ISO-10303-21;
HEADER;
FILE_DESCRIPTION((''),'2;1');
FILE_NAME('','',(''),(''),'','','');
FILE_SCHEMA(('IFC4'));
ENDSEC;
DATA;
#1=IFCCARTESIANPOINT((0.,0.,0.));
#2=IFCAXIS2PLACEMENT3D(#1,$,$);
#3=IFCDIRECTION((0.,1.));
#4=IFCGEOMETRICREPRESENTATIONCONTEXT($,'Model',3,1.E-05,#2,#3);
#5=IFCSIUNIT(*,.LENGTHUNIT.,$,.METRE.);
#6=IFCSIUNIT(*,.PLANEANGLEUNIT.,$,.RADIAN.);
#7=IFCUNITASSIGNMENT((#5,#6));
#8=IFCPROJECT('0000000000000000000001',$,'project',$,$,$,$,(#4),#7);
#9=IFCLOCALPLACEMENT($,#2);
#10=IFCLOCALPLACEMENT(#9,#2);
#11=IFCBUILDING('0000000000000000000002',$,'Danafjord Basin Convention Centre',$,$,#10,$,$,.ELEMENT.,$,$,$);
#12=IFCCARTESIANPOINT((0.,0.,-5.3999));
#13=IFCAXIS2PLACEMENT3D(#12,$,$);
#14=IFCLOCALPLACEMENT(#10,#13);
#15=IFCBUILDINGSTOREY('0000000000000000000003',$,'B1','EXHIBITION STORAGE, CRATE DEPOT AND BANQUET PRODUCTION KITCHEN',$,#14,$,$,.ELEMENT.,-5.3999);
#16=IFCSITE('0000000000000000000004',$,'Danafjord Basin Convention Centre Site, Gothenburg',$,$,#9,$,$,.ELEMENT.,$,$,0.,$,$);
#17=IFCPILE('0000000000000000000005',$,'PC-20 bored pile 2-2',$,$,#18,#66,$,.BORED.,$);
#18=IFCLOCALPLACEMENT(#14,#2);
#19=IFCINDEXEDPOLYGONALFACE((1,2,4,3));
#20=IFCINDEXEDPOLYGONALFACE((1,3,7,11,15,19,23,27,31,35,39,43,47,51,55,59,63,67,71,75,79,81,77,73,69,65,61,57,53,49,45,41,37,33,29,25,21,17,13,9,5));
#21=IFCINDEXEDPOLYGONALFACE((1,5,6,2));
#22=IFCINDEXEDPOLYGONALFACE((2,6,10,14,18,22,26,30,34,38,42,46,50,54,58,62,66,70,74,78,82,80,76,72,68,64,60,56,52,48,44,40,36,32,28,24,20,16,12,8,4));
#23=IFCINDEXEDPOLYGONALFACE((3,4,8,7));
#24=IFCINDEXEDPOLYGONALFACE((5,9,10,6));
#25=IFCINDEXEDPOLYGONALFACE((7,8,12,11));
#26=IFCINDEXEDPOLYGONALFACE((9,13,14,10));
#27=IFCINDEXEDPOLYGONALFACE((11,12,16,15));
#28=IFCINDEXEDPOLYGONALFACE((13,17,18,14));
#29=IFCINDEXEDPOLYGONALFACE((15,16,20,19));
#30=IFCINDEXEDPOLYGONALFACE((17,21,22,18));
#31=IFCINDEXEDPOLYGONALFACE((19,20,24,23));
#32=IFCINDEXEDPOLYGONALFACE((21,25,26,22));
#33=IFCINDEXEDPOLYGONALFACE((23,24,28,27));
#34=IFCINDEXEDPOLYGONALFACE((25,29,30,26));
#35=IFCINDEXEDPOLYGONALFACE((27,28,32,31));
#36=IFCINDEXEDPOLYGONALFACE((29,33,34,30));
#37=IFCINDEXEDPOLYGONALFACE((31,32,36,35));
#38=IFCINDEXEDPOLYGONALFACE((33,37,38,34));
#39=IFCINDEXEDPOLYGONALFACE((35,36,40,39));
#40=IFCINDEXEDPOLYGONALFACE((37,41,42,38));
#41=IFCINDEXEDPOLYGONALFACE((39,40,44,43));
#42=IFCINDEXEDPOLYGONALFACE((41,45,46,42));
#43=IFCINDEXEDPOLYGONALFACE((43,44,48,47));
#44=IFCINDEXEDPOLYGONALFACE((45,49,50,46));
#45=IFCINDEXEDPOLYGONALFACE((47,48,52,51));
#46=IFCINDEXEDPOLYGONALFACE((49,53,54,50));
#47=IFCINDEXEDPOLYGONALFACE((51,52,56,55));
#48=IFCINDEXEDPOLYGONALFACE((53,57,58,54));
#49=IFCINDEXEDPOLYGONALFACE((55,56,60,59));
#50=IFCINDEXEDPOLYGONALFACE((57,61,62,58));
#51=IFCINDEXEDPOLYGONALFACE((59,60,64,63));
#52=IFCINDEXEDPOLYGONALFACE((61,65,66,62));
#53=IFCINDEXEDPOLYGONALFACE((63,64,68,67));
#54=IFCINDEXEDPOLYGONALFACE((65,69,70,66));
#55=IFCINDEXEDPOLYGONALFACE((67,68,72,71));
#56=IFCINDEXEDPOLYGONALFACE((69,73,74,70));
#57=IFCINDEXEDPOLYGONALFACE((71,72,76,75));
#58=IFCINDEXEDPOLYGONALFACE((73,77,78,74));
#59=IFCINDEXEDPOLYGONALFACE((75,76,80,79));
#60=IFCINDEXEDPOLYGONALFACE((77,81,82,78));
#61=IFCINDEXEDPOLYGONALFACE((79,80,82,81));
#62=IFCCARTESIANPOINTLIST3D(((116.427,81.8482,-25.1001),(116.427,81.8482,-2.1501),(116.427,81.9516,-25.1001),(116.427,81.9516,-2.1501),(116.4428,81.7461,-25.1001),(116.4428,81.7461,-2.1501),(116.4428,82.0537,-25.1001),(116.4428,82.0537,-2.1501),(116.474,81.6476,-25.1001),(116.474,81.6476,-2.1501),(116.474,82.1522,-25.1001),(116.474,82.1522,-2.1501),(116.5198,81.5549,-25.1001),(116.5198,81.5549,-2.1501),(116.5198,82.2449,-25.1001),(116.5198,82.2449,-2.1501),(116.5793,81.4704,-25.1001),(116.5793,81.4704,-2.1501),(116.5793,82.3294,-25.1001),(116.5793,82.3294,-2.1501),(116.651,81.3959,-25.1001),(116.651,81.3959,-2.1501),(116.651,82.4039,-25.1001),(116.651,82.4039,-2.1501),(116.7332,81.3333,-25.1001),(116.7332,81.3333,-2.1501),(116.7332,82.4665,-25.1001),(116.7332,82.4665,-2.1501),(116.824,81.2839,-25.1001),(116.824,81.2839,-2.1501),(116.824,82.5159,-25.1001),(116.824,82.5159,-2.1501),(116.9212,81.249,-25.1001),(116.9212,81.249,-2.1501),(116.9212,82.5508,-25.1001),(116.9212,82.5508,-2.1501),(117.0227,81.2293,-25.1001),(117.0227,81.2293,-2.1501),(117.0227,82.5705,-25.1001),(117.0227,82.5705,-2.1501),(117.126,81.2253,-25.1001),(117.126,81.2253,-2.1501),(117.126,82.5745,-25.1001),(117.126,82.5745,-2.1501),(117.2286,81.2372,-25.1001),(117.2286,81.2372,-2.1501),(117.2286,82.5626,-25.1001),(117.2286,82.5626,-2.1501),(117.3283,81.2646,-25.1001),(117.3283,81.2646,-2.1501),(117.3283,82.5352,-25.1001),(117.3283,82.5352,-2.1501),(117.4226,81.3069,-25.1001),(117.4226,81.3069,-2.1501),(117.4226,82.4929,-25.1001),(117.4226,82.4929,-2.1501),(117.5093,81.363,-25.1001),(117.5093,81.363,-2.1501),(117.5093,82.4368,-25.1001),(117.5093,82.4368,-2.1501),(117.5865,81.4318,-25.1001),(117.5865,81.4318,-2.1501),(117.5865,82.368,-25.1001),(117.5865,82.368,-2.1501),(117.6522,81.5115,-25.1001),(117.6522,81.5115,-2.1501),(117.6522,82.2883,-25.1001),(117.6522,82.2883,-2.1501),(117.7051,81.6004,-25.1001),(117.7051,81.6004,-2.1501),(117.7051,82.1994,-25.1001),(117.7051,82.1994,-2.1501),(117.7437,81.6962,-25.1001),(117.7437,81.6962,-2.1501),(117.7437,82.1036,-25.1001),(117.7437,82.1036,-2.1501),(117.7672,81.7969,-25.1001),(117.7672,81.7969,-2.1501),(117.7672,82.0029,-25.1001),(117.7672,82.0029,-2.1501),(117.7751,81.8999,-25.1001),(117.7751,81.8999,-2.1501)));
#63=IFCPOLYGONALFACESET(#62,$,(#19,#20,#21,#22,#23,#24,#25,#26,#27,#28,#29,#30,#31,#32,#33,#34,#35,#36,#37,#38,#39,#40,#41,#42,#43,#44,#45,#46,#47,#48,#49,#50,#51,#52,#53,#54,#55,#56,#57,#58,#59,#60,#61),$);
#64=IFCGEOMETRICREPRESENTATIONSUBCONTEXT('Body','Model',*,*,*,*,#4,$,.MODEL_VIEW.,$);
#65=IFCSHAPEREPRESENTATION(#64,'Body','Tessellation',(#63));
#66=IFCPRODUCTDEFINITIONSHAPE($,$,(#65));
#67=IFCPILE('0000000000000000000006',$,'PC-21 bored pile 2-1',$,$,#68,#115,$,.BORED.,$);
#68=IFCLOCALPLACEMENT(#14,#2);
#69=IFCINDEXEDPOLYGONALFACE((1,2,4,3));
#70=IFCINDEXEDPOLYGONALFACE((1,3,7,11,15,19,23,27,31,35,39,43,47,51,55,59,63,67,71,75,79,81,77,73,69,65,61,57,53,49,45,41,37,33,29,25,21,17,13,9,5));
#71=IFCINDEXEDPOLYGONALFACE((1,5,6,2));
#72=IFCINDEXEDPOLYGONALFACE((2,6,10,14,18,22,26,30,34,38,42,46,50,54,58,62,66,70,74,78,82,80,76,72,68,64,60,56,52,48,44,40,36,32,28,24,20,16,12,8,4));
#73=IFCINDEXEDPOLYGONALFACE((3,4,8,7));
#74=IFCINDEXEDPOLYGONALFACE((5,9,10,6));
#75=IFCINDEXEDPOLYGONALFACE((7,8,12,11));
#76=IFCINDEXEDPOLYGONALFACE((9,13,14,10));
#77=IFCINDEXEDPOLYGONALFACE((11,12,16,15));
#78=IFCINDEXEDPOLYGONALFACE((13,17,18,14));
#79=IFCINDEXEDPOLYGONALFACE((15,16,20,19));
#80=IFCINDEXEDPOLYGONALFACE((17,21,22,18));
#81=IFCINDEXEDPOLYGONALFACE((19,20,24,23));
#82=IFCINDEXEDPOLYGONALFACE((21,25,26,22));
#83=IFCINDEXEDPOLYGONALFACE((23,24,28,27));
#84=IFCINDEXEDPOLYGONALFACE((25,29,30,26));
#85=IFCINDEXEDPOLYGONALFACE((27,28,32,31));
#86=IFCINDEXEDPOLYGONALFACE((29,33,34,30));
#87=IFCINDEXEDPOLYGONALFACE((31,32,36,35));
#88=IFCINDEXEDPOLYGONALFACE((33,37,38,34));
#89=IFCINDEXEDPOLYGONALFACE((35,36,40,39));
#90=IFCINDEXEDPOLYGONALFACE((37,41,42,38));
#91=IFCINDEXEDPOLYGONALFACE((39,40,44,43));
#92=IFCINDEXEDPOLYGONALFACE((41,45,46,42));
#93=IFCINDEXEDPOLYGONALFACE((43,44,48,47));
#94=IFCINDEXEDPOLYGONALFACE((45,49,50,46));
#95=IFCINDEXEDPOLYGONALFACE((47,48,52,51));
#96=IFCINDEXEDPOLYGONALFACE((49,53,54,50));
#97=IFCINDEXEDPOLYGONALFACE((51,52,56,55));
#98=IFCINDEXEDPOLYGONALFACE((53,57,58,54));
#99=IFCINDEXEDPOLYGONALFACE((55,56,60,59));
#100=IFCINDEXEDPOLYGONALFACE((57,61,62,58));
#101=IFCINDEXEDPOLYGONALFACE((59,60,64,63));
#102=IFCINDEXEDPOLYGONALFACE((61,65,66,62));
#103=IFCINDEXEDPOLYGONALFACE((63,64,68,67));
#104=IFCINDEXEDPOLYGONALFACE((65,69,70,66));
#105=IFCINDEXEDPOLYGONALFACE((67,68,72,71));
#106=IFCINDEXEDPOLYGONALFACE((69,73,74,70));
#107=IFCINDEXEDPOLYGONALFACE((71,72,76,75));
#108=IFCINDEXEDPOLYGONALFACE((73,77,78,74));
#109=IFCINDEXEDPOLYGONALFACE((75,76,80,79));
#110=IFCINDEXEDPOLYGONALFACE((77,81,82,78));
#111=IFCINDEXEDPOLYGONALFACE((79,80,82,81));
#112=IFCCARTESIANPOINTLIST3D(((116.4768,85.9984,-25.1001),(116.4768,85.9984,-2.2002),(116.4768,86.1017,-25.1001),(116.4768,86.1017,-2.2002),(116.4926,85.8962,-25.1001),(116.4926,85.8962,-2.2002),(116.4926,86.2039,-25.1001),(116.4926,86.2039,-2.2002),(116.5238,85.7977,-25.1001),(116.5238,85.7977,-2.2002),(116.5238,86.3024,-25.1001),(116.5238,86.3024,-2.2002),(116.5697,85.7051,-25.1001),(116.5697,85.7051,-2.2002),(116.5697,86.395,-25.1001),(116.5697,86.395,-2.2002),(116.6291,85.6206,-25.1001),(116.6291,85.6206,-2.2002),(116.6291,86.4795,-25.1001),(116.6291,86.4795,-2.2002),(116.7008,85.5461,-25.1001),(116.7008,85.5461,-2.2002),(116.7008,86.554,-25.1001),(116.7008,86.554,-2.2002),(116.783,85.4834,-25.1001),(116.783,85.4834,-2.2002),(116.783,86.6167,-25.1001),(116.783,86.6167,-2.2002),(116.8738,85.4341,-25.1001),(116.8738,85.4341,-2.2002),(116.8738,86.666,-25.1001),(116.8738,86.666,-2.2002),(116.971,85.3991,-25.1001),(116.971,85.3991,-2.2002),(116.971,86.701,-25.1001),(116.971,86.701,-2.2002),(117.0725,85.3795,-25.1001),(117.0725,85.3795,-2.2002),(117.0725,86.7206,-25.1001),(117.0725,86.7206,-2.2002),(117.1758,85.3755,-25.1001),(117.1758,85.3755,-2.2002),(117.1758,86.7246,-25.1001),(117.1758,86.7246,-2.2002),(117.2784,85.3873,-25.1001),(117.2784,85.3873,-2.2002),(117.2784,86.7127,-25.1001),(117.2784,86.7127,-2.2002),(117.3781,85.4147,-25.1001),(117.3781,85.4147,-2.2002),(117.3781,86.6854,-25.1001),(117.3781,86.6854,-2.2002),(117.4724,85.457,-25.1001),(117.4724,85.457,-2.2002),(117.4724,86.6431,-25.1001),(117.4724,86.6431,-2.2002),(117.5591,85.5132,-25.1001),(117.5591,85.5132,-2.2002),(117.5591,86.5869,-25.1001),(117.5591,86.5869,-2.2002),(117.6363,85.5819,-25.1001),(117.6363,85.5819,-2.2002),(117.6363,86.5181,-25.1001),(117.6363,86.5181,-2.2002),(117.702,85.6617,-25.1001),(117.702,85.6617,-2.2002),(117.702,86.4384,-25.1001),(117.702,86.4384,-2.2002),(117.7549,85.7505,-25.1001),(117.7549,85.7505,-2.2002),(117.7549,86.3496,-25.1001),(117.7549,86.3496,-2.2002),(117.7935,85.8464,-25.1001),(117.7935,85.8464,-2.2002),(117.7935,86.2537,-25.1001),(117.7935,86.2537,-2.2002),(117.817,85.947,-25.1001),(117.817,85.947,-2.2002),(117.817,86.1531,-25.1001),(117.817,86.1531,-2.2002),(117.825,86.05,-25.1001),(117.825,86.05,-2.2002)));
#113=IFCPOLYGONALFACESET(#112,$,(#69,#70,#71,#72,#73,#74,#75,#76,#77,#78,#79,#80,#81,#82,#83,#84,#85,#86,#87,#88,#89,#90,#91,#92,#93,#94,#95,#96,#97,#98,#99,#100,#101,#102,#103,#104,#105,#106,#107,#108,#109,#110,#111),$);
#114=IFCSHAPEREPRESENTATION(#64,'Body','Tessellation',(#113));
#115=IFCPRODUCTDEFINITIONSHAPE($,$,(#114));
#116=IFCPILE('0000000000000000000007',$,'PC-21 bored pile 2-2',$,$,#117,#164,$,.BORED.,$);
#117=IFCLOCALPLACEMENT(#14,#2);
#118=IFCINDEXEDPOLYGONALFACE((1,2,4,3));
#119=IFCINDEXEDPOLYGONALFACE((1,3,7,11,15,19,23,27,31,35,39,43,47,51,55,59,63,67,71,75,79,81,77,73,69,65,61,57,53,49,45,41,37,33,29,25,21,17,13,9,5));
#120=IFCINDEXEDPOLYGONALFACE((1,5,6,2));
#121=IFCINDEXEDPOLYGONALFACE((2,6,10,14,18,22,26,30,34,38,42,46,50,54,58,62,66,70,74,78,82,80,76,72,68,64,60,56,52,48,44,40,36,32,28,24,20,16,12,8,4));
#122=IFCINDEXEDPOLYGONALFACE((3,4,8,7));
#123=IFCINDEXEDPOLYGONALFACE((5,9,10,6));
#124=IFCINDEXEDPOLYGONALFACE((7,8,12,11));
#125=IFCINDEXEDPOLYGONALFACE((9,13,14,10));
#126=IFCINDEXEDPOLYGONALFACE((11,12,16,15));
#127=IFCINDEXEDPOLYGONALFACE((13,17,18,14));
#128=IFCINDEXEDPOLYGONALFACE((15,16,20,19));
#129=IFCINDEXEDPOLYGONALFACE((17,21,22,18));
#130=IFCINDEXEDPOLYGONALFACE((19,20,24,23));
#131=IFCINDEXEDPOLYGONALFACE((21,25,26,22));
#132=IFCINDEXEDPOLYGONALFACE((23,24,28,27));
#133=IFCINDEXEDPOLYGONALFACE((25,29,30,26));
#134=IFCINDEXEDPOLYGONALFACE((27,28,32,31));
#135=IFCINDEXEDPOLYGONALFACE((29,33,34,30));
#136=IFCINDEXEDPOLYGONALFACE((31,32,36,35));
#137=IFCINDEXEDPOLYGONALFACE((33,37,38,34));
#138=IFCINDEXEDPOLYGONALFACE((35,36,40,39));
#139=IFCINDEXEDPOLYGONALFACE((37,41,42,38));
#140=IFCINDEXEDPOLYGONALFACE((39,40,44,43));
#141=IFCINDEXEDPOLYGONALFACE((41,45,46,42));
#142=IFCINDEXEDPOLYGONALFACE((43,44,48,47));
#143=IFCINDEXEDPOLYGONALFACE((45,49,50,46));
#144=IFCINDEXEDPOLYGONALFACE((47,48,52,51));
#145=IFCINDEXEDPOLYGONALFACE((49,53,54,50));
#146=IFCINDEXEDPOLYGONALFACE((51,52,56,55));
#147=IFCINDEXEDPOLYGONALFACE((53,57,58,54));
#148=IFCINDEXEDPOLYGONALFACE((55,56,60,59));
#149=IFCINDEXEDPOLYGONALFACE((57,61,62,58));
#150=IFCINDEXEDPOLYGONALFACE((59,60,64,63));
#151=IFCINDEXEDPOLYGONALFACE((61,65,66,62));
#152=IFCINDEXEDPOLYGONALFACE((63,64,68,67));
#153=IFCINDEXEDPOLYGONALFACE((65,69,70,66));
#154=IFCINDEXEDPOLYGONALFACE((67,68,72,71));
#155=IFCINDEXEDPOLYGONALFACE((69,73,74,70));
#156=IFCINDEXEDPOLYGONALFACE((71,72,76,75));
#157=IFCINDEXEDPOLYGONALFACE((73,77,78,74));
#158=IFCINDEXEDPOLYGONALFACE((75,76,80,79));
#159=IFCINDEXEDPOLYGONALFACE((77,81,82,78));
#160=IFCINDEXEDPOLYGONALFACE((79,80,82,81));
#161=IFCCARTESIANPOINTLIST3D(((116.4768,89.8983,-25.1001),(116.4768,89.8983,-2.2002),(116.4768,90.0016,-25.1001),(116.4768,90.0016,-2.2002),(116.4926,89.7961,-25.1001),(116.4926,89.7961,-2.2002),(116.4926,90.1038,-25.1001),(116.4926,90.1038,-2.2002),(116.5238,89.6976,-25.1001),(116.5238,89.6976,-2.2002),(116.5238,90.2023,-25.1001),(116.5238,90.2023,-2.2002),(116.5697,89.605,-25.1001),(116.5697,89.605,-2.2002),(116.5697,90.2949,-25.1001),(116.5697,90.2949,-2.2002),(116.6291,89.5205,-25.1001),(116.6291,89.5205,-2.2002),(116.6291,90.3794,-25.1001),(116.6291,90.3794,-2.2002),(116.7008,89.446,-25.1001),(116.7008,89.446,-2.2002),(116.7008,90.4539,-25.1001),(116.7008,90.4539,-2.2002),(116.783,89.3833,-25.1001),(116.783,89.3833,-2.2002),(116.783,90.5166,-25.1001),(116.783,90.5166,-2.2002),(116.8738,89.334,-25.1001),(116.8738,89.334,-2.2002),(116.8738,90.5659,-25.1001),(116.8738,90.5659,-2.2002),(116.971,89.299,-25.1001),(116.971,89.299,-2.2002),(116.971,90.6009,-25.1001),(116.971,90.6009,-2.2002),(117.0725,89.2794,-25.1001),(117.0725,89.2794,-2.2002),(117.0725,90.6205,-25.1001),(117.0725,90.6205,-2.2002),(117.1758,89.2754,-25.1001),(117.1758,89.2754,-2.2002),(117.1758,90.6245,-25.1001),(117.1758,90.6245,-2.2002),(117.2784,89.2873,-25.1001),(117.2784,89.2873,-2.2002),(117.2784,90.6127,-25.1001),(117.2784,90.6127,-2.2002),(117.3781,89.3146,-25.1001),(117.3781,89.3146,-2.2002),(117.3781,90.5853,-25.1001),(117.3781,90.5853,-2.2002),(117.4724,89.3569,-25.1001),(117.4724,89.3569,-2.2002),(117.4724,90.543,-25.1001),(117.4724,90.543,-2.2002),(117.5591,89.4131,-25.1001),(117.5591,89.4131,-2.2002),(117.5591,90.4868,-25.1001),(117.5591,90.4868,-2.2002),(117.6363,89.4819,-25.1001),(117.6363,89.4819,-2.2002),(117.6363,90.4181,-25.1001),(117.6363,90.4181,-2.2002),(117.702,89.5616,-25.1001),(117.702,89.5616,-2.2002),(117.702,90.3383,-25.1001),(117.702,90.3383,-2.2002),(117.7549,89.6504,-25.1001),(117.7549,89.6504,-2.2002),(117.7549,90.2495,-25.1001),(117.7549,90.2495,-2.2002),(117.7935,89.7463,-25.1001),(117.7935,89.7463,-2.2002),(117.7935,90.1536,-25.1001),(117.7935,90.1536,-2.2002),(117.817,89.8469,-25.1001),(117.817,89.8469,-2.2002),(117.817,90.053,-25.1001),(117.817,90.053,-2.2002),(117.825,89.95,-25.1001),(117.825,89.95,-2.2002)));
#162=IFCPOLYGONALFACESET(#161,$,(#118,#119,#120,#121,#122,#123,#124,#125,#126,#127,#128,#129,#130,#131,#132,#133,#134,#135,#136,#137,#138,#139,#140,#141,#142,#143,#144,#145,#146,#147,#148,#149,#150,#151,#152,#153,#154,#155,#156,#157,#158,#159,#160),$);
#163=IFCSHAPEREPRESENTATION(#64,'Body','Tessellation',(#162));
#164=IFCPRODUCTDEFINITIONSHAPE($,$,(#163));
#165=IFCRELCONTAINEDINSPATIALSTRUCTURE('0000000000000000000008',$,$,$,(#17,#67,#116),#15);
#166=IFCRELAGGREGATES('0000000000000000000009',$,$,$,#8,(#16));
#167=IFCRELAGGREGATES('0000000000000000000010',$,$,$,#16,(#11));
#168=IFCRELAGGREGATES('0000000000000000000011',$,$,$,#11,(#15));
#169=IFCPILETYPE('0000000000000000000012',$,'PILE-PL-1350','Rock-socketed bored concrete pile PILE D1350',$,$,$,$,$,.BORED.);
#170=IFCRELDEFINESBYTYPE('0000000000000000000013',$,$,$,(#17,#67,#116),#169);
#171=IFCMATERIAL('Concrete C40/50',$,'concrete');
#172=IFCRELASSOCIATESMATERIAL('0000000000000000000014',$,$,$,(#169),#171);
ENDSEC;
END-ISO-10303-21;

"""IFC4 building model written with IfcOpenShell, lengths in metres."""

from ifc_helpers import new_model, si_unit, direction, frame, origin, origin_2d, place, context, subcontext, project, spatial, circle, extrude, material, material_profile, profile_set, type_object, element, save


model = new_model("IFC4")

# Units and contexts
model_context = context("Model", 3, precision=1e-05, world=origin(), true_north=direction((0.0, 1.0)))
body_context = subcontext(model_context, "Body", "Model", "MODEL_VIEW")
ifc_project = project(units=[si_unit("LENGTHUNIT", "METRE"), si_unit("PLANEANGLEUNIT", "RADIAN")], contexts=[model_context])

# Site, building, storey
site_placement = place(None, origin())
site = spatial("IfcSite", under=ifc_project, at=site_placement, Name="Danafjord Basin Convention Centre Site, Gothenburg", CompositionType="ELEMENT", RefElevation=0.0)
building_placement = place(site_placement, origin())
building = spatial("IfcBuilding", under=site, at=building_placement, Name="Danafjord Basin Convention Centre", CompositionType="ELEMENT")
storey_placement = place(building_placement, frame((0.0, 0.0, -5.3999)))
storey = spatial("IfcBuildingStorey", under=building, at=storey_placement, Name="B1", Description="EXHIBITION STORAGE, CRATE DEPOT AND BANQUET PRODUCTION KITCHEN", CompositionType="ELEMENT", Elevation=-5.3999)

# Shared definitions
ifc_material_1 = material(Name="Concrete C40/50", Category="concrete")

# Piles
ifc_material_profile_1 = material_profile(ifc_material_1, circle(Radius=0.675, at=origin_2d()), Name="PILE D1350")
ifc_profile_set_1 = profile_set([ifc_material_profile_1], Name="Concrete C40/50")
pile_type_1 = type_object("IfcPileType", Name="PILE-PL-1350", Description="Rock-socketed bored concrete pile PILE D1350", PredefinedType="BORED", material=ifc_profile_set_1)
for number, where, z_axis, x_axis, name in (
    (1, (117.1001, 81.8999, -2.1501), (0.0, 0.0, -1.0), (1.0, 0.0, 0.0), "PC-20 bored pile 2-2"),
):
    element("IfcPile", number, at=place(storey_placement, frame(where, z_axis=z_axis, x_axis=x_axis)), inside=storey, type_object=pile_type_1, Name=name, PredefinedType="BORED", context=body_context, shape_type="SweptSolid", body=[
        extrude(circle(Radius=0.675, at=origin_2d()), origin(), (0.0, 0.0, 1.0), 22.95),
    ])
for number, where, z_axis, x_axis, name in (
    (2, (117.1499, 86.05, -2.2002), (0.0, 0.0, -1.0), (1.0, 0.0, 0.0), "PC-21 bored pile 2-1"),
    (3, (117.1499, 89.95, -2.2002), (0.0, 0.0, -1.0), (1.0, 0.0, 0.0), "PC-21 bored pile 2-2"),
):
    element("IfcPile", number, at=place(storey_placement, frame(where, z_axis=z_axis, x_axis=x_axis)), inside=storey, type_object=pile_type_1, Name=name, PredefinedType="BORED", context=body_context, shape_type="SweptSolid", body=[
        extrude(circle(Radius=0.675, at=origin_2d()), origin(), (0.0, 0.0, 1.0), 22.8999),
    ])

save(model, "model.ifc")
